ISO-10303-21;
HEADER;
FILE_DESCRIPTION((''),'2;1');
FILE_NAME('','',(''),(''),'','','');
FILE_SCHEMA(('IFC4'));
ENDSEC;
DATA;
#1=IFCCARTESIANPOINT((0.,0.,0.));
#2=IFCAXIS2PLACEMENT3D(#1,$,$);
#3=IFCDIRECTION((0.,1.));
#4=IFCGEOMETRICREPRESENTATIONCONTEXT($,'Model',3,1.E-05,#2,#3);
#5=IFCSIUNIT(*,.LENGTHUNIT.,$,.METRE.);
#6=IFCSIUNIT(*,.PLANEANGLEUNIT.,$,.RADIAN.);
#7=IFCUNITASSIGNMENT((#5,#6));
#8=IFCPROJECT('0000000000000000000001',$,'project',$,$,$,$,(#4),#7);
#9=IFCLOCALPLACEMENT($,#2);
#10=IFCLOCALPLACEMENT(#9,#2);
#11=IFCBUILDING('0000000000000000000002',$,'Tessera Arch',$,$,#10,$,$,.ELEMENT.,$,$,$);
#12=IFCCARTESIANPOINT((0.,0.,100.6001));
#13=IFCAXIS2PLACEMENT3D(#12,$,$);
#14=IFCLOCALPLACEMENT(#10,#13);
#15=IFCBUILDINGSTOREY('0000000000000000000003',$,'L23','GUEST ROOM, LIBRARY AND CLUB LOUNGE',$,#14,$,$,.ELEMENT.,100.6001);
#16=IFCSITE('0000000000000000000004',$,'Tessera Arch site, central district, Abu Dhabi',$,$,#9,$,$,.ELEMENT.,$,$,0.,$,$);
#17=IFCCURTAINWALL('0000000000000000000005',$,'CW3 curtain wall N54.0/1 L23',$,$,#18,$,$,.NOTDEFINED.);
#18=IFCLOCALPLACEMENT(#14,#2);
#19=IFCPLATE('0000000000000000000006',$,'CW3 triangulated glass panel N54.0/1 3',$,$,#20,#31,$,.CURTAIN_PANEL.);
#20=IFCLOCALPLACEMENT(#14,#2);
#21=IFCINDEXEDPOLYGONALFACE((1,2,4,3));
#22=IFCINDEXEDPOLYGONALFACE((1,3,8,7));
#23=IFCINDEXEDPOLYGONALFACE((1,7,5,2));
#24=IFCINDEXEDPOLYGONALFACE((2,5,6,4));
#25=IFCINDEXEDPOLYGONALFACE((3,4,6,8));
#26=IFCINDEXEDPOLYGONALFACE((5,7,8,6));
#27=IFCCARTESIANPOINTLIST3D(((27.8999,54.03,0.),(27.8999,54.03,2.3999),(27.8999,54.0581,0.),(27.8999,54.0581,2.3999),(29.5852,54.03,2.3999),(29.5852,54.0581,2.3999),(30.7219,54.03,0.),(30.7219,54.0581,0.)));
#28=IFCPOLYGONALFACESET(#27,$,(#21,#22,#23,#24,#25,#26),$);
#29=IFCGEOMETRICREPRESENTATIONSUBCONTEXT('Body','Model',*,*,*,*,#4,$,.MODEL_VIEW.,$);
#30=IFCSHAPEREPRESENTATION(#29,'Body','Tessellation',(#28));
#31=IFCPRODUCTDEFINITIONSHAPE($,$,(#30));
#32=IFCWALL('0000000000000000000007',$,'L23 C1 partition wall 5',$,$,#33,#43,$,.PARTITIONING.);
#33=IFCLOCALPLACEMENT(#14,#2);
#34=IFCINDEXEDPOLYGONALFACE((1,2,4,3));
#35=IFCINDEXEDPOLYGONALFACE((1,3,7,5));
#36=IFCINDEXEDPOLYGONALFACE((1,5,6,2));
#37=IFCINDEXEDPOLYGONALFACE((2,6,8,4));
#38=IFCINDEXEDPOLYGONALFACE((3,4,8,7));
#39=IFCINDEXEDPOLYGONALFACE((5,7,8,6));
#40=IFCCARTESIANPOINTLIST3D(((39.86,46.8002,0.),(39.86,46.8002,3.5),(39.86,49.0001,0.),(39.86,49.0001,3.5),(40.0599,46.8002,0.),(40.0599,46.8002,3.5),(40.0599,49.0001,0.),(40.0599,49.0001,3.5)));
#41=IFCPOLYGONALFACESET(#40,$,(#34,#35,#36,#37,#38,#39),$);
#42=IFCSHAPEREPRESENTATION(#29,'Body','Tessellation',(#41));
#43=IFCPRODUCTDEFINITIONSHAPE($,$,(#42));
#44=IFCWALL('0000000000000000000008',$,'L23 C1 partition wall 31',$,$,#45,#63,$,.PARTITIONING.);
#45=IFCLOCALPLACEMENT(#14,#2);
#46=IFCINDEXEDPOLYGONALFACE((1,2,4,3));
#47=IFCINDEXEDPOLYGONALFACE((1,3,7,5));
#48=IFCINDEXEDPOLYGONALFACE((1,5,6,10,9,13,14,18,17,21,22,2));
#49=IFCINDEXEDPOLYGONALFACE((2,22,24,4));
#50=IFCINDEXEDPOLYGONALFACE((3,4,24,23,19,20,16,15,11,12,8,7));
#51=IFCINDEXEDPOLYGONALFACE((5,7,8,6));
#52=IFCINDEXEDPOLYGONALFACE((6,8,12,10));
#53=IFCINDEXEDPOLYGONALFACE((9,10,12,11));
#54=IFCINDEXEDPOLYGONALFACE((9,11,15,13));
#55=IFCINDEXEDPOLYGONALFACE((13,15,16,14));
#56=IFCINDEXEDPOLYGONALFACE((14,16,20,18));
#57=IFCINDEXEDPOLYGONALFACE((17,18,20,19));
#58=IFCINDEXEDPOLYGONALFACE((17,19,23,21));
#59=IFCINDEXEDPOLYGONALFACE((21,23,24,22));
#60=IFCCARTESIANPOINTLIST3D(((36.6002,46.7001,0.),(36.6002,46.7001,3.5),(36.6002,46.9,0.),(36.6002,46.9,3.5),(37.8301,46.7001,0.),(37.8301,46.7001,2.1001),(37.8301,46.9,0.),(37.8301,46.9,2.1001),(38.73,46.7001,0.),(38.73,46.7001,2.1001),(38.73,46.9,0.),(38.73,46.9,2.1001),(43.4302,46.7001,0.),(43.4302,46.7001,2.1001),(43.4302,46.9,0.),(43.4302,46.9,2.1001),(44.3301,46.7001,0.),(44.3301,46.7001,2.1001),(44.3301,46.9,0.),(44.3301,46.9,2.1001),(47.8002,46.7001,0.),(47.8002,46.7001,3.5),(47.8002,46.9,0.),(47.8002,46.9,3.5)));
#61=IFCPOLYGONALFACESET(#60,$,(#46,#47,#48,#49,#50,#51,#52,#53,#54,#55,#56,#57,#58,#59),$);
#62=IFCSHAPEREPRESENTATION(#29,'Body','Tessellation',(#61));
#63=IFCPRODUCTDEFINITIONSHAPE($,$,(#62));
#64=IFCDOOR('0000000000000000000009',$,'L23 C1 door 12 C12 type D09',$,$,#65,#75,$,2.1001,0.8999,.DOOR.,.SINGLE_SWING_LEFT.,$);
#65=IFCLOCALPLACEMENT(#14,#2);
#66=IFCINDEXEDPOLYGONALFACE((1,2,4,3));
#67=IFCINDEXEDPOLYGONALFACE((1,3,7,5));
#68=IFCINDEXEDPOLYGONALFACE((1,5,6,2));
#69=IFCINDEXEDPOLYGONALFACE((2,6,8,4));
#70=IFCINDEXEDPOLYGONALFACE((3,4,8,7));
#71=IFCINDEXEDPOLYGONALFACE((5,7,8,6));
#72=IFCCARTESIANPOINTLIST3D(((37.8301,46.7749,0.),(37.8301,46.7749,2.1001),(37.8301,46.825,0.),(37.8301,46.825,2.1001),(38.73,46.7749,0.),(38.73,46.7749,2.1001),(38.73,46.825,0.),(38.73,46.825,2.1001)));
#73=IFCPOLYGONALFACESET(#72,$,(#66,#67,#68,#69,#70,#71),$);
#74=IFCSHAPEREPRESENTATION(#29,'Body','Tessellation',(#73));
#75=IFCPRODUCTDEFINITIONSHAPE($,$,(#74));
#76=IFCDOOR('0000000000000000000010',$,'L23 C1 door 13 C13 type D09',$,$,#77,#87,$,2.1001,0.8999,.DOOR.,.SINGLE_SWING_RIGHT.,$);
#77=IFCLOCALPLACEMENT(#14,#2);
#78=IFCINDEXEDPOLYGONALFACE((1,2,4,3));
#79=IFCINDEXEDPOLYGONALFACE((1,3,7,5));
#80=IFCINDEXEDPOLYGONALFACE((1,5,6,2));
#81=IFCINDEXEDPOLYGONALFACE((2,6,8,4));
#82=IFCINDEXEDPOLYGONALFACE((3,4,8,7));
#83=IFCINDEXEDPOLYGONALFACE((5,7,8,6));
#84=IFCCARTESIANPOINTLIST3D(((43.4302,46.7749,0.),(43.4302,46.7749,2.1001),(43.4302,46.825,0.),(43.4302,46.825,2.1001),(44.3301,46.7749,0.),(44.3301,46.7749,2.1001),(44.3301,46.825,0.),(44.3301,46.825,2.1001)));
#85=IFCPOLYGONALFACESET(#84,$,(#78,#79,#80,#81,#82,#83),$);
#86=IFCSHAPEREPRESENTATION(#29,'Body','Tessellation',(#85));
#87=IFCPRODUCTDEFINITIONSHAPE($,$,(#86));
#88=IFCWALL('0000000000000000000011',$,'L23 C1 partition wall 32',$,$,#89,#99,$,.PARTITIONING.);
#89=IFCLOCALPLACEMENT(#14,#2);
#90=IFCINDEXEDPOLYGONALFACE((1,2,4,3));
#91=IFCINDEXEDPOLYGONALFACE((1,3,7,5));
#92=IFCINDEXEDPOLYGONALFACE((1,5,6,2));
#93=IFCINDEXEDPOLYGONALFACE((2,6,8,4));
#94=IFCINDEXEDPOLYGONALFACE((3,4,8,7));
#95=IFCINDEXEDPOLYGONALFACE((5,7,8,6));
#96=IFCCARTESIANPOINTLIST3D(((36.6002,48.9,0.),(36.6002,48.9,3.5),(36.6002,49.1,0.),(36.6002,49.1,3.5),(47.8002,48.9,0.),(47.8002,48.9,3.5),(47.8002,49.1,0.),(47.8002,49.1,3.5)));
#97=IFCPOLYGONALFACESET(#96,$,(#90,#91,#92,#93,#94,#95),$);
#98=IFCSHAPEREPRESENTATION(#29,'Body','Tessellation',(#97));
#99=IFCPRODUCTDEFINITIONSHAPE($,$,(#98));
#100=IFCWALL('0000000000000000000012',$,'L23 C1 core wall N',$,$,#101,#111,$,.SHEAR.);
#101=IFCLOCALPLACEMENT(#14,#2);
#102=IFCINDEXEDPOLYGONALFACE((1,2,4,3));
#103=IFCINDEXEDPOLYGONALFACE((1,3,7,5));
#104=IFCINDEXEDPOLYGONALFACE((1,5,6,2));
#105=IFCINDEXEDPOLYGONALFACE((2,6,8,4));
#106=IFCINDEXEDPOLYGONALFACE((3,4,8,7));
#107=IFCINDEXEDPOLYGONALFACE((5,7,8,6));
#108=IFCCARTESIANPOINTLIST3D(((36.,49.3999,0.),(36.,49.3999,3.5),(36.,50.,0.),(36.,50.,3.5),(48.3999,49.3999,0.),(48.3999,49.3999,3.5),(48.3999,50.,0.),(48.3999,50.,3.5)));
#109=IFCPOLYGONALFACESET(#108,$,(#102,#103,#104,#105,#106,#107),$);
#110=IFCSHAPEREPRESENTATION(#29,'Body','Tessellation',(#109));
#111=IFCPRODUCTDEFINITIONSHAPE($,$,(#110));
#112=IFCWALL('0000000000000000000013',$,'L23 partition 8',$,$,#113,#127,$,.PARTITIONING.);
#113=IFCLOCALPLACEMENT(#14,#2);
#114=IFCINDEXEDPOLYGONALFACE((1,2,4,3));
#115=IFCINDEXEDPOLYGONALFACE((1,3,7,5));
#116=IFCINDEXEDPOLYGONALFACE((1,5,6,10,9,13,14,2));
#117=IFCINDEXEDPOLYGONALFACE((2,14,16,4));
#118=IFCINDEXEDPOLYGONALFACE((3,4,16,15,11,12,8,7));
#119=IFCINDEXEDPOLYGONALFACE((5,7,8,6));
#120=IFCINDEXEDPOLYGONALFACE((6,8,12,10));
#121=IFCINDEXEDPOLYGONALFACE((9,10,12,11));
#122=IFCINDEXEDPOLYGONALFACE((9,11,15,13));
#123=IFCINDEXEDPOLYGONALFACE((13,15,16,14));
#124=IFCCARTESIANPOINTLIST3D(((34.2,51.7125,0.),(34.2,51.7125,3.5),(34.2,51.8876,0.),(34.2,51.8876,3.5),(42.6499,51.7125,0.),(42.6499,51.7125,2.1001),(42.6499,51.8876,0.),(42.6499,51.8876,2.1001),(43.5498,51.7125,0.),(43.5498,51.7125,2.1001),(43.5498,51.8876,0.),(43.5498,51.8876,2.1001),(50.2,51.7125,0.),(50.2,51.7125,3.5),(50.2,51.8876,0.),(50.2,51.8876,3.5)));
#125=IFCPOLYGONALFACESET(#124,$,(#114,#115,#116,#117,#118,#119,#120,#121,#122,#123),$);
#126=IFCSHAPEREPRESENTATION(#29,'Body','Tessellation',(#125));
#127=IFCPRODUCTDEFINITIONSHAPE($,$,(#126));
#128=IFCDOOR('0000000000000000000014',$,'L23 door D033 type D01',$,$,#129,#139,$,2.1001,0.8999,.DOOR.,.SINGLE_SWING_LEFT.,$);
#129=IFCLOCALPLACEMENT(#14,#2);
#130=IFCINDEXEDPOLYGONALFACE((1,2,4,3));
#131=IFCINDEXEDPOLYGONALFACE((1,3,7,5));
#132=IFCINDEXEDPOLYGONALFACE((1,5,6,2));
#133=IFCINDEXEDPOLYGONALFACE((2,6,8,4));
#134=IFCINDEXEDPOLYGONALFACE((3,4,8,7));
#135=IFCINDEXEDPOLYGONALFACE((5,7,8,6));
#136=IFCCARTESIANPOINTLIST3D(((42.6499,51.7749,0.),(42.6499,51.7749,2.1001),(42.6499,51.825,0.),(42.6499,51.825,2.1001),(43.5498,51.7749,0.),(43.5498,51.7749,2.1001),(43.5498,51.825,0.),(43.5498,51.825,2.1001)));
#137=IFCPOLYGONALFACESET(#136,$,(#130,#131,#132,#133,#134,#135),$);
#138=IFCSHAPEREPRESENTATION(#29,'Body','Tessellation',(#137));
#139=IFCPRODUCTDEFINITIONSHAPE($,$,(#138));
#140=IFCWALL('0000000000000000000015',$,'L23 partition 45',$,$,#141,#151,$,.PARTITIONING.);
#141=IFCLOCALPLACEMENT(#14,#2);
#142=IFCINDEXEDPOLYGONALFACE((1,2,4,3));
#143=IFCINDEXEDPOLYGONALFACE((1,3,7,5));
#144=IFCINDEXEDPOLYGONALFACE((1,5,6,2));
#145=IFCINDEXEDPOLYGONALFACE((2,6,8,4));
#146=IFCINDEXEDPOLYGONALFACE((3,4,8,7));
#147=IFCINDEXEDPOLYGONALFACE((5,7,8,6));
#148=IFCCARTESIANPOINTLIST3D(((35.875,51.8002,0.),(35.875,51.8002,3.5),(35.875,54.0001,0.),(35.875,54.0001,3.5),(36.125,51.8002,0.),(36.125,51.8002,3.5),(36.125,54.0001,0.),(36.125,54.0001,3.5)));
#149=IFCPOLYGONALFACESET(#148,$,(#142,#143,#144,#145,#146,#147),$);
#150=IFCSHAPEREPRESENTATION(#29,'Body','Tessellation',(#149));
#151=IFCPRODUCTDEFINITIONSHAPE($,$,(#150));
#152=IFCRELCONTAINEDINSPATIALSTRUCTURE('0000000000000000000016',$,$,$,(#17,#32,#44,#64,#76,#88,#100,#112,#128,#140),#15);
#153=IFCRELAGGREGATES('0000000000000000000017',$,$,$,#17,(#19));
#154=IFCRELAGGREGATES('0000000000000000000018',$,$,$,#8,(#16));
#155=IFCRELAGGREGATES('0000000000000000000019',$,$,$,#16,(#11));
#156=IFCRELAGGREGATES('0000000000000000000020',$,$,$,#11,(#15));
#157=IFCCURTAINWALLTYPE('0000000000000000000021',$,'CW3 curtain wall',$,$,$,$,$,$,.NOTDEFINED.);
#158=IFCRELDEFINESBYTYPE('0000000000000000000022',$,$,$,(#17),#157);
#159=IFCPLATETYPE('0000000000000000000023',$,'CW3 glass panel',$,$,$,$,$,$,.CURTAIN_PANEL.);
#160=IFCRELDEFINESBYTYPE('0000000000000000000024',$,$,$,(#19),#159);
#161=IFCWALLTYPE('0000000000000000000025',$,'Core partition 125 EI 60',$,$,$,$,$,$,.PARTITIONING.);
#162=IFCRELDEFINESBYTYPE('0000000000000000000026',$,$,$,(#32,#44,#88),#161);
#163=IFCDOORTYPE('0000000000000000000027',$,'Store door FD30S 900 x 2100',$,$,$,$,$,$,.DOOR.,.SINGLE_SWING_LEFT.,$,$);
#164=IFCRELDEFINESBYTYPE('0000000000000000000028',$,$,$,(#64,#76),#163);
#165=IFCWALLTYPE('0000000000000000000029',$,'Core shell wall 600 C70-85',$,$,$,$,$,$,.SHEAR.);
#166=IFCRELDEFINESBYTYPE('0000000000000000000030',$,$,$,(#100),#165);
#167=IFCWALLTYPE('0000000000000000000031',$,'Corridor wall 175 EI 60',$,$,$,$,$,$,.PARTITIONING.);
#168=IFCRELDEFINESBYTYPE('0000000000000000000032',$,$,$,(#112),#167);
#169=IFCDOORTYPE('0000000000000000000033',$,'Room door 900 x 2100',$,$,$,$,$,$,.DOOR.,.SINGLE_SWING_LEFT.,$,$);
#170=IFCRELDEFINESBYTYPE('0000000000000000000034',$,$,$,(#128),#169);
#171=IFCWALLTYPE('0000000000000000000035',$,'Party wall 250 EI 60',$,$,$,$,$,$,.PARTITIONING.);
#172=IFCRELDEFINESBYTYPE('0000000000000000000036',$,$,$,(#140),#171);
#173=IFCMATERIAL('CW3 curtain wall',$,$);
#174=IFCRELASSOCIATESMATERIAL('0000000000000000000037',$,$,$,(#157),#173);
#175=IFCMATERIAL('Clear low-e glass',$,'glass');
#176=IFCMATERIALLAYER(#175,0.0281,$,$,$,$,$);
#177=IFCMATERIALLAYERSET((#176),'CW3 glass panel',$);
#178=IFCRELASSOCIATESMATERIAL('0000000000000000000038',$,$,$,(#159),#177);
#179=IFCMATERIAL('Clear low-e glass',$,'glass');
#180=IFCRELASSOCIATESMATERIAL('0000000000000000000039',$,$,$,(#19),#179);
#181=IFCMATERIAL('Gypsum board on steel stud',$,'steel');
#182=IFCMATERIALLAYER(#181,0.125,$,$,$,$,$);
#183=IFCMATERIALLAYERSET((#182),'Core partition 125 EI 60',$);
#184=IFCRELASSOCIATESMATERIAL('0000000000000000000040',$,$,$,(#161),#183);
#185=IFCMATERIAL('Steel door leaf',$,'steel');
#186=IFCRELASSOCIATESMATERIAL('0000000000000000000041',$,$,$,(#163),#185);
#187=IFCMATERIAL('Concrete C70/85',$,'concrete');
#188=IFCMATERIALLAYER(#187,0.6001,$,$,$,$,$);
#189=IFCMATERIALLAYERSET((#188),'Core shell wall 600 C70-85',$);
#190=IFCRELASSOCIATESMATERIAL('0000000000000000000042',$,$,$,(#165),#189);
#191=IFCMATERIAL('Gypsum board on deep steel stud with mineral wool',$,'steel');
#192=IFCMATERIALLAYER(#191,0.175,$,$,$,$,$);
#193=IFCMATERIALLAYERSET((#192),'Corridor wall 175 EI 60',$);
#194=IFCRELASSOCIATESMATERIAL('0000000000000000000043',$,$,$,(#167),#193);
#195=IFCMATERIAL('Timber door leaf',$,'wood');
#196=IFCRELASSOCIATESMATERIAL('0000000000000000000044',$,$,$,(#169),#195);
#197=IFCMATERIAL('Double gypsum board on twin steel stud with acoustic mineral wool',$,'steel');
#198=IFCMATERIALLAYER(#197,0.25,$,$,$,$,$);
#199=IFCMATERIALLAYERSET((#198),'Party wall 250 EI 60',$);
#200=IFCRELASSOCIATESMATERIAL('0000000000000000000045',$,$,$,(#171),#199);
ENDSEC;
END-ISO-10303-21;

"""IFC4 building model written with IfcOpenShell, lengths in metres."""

from ifc_helpers import new_model, si_unit, direction, frame, frame_2d, origin, place, context, subcontext, project, spatial, polyline, rectangle, outline, extrude, material, layer, layer_set, type_object, element, fill, aggregate, save


model = new_model("IFC4")

# Units and contexts
model_context = context("Model", 3, precision=1e-05, world=origin(), true_north=direction((0.0, 1.0)))
body_context = subcontext(model_context, "Body", "Model", "MODEL_VIEW")
ifc_project = project(units=[si_unit("LENGTHUNIT", "METRE"), si_unit("PLANEANGLEUNIT", "RADIAN")], contexts=[model_context])

# Site, building, storey
site_placement = place(None, origin())
site = spatial("IfcSite", under=ifc_project, at=site_placement, Name="Tessera Arch site, central district, Abu Dhabi", CompositionType="ELEMENT", RefElevation=0.0)
building_placement = place(site_placement, origin())
building = spatial("IfcBuilding", under=site, at=building_placement, Name="Tessera Arch", CompositionType="ELEMENT")
storey_placement = place(building_placement, frame((0.0, 0.0, 100.6001)))
storey = spatial("IfcBuildingStorey", under=building, at=storey_placement, Name="L23", Description="GUEST ROOM, LIBRARY AND CLUB LOUNGE", CompositionType="ELEMENT", Elevation=100.6001)

# Curtain wall
ifc_material_1 = material(Name="CW3 curtain wall")
curtain_wall_type_1 = type_object("IfcCurtainWallType", Name="CW3 curtain wall", PredefinedType="NOTDEFINED", material=ifc_material_1)
curtain_wall_1_placement = place(storey_placement, origin())
curtain_wall_1 = element("IfcCurtainWall", 1, at=curtain_wall_1_placement, inside=storey, type_object=curtain_wall_type_1, Name="CW3 curtain wall N54.0/1 L23", PredefinedType="NOTDEFINED")

# Plate
ifc_material_2 = material(Name="Clear low-e glass", Category="glass")
ifc_material_3 = material(Name="Clear low-e glass", Category="glass")
ifc_layer_1 = layer(ifc_material_3, 0.0281)
ifc_layer_set_1 = layer_set([ifc_layer_1], Name="CW3 glass panel")
plate_type_1 = type_object("IfcPlateType", Name="CW3 glass panel", PredefinedType="CURTAIN_PANEL", material=ifc_layer_set_1)
plate_1_placement = place(storey_placement, frame((27.8999, 54.0581, 2.3999), z_axis=(0.0, 1.0, 0.0), x_axis=(1.0, 0.0, 0.0)))
plate_1 = element("IfcPlate", 2, at=plate_1_placement, type_object=plate_type_1, material=ifc_material_2, Name="CW3 triangulated glass panel N54.0/1 3", PredefinedType="CURTAIN_PANEL", context=body_context, shape_type="SweptSolid", body=[
    extrude(outline(polyline([(0.0, 0.0), (1.6853, 0.0), (2.822, 2.3999), (0.0, 2.3999), (0.0, 0.0)])), origin(), (0.0, 0.0, -1.0), 0.0281),
])
aggregate(curtain_wall_1, [plate_1])

# Wall
ifc_material_4 = material(Name="Gypsum board on steel stud", Category="steel")
ifc_layer_2 = layer(ifc_material_4, 0.125)
ifc_layer_set_2 = layer_set([ifc_layer_2], Name="Core partition 125 EI 60")
wall_type_1 = type_object("IfcWallType", Name="Core partition 125 EI 60", PredefinedType="PARTITIONING", material=ifc_layer_set_2)
wall_1_placement = place(storey_placement, frame((39.96, 46.8, 0.0), z_axis=(0.0, 0.0, 1.0), x_axis=(0.0, 1.0, 0.0)))
element("IfcWall", 3, at=wall_1_placement, inside=storey, type_object=wall_type_1, Name="L23 C1 partition wall 5", PredefinedType="PARTITIONING", context=body_context, shape_type="SweptSolid", body=[
    extrude(rectangle(XDim=2.2, YDim=0.2, at=frame_2d((1.1001, 0.0))), origin(), (0.0, 0.0, 1.0), 3.5),
])

# Wall, openings, doors
wall_2_placement = place(storey_placement, frame((36.6001, 46.8, 0.0), z_axis=(0.0, 0.0, 1.0), x_axis=(1.0, 0.0, 0.0)))
wall_2 = element("IfcWall", 4, at=wall_2_placement, inside=storey, type_object=wall_type_1, Name="L23 C1 partition wall 31", PredefinedType="PARTITIONING", context=body_context, shape_type="SweptSolid", body=[
    extrude(rectangle(XDim=11.2, YDim=0.2, at=frame_2d((5.6001, 0.0))), origin(), (0.0, 0.0, 1.0), 3.5),
])
opening_1_placement = place(wall_2_placement, frame((1.23, 0.0, 0.0)))
opening_1 = element("IfcOpeningElement", 5, at=opening_1_placement, cuts=wall_2, PredefinedType="OPENING", context=body_context, shape_type="SweptSolid", body=[
    extrude(rectangle(XDim=0.8999, YDim=2.1001, at=frame_2d((0.45, 1.05))), frame((0.0, 0.1099, 0.0), z_axis=(0.0, -1.0, 0.0), x_axis=(1.0, 0.0, 0.0)), (0.0, 0.0, 1.0), 0.22),
])
opening_2_placement = place(wall_2_placement, frame((6.8301, 0.0, 0.0)))
opening_2 = element("IfcOpeningElement", 6, at=opening_2_placement, cuts=wall_2, PredefinedType="OPENING", context=body_context, shape_type="SweptSolid", body=[
    extrude(rectangle(XDim=0.8999, YDim=2.1001, at=frame_2d((0.45, 1.05))), frame((0.0, 0.1099, 0.0), z_axis=(0.0, -1.0, 0.0), x_axis=(1.0, 0.0, 0.0)), (0.0, 0.0, 1.0), 0.22),
])
ifc_material_5 = material(Name="Steel door leaf", Category="steel")
door_type_1 = type_object("IfcDoorType", Name="Store door FD30S 900 x 2100", OperationType="SINGLE_SWING_LEFT", PredefinedType="DOOR", material=ifc_material_5)
door_1_placement = place(opening_1_placement, origin())
door_1 = element("IfcDoor", 7, at=door_1_placement, inside=storey, type_object=door_type_1, Name="L23 C1 door 12 C12 type D09", OperationType="SINGLE_SWING_LEFT", OverallHeight=2.1001, OverallWidth=0.8999, PredefinedType="DOOR", context=body_context, shape_type="SweptSolid", body=[
    extrude(rectangle(XDim=0.8999, YDim=2.1001, at=frame_2d((0.45, 1.05))), frame((0.0, 0.0249, 0.0), z_axis=(0.0, -1.0, 0.0), x_axis=(1.0, 0.0, 0.0)), (0.0, 0.0, 1.0), 0.05),
])
fill(opening_1, door_1)
door_2_placement = place(opening_2_placement, origin())
door_2 = element("IfcDoor", 8, at=door_2_placement, inside=storey, type_object=door_type_1, Name="L23 C1 door 13 C13 type D09", OperationType="SINGLE_SWING_RIGHT", OverallHeight=2.1001, OverallWidth=0.8999, PredefinedType="DOOR", context=body_context, shape_type="SweptSolid", body=[
    extrude(rectangle(XDim=0.8999, YDim=2.1001, at=frame_2d((0.45, 1.05))), frame((0.0, 0.0249, 0.0), z_axis=(0.0, -1.0, 0.0), x_axis=(1.0, 0.0, 0.0)), (0.0, 0.0, 1.0), 0.05),
])
fill(opening_2, door_2)

# Walls
wall_3_placement = place(storey_placement, frame((36.6001, 49.0, 0.0), z_axis=(0.0, 0.0, 1.0), x_axis=(1.0, 0.0, 0.0)))
element("IfcWall", 9, at=wall_3_placement, inside=storey, type_object=wall_type_1, Name="L23 C1 partition wall 32", PredefinedType="PARTITIONING", context=body_context, shape_type="SweptSolid", body=[
    extrude(rectangle(XDim=11.2, YDim=0.2, at=frame_2d((5.6001, 0.0))), origin(), (0.0, 0.0, 1.0), 3.5),
])
ifc_material_6 = material(Name="Concrete C70/85", Category="concrete")
ifc_layer_3 = layer(ifc_material_6, 0.6001)
ifc_layer_set_3 = layer_set([ifc_layer_3], Name="Core shell wall 600 C70-85")
wall_type_2 = type_object("IfcWallType", Name="Core shell wall 600 C70-85", PredefinedType="SHEAR", material=ifc_layer_set_3)
wall_4_placement = place(storey_placement, frame((36.0, 49.7, 0.0), z_axis=(0.0, 0.0, 1.0), x_axis=(1.0, 0.0, 0.0)))
element("IfcWall", 10, at=wall_4_placement, inside=storey, type_object=wall_type_2, Name="L23 C1 core wall N", PredefinedType="SHEAR", context=body_context, shape_type="SweptSolid", body=[
    extrude(rectangle(XDim=12.3999, YDim=0.6001, at=frame_2d((6.2, 0.0))), origin(), (0.0, 0.0, 1.0), 3.5),
])

# Wall, opening, door
ifc_material_7 = material(Name="Gypsum board on deep steel stud with mineral wool", Category="steel")
ifc_layer_4 = layer(ifc_material_7, 0.175)
ifc_layer_set_4 = layer_set([ifc_layer_4], Name="Corridor wall 175 EI 60")
wall_type_3 = type_object("IfcWallType", Name="Corridor wall 175 EI 60", PredefinedType="PARTITIONING", material=ifc_layer_set_4)
wall_5_placement = place(storey_placement, frame((34.2, 51.8, 0.0), z_axis=(0.0, 0.0, 1.0), x_axis=(1.0, 0.0, 0.0)))
wall_5 = element("IfcWall", 11, at=wall_5_placement, inside=storey, type_object=wall_type_3, Name="L23 partition 8", PredefinedType="PARTITIONING", context=body_context, shape_type="SweptSolid", body=[
    extrude(rectangle(XDim=16.0, YDim=0.175, at=frame_2d((8.0, 0.0))), origin(), (0.0, 0.0, 1.0), 3.5),
])
opening_3_placement = place(wall_5_placement, frame((8.45, 0.0, 0.0)))
opening_3 = element("IfcOpeningElement", 12, at=opening_3_placement, cuts=wall_5, PredefinedType="OPENING", context=body_context, shape_type="SweptSolid", body=[
    extrude(rectangle(XDim=0.8999, YDim=2.1001, at=frame_2d((0.45, 1.05))), frame((0.0, 0.0974, 0.0), z_axis=(0.0, -1.0, 0.0), x_axis=(1.0, 0.0, 0.0)), (0.0, 0.0, 1.0), 0.1951),
])
ifc_material_8 = material(Name="Timber door leaf", Category="wood")
door_type_2 = type_object("IfcDoorType", Name="Room door 900 x 2100", OperationType="SINGLE_SWING_LEFT", PredefinedType="DOOR", material=ifc_material_8)
door_3_placement = place(opening_3_placement, origin())
door_3 = element("IfcDoor", 13, at=door_3_placement, inside=storey, type_object=door_type_2, Name="L23 door D033 type D01", OperationType="SINGLE_SWING_LEFT", OverallHeight=2.1001, OverallWidth=0.8999, PredefinedType="DOOR", context=body_context, shape_type="SweptSolid", body=[
    extrude(rectangle(XDim=0.8999, YDim=2.1001, at=frame_2d((0.45, 1.05))), frame((0.0, 0.0249, 0.0), z_axis=(0.0, -1.0, 0.0), x_axis=(1.0, 0.0, 0.0)), (0.0, 0.0, 1.0), 0.05),
])
fill(opening_3, door_3)

# Wall
ifc_material_9 = material(Name="Double gypsum board on twin steel stud with acoustic mineral wool", Category="steel")
ifc_layer_5 = layer(ifc_material_9, 0.25)
ifc_layer_set_5 = layer_set([ifc_layer_5], Name="Party wall 250 EI 60")
wall_type_4 = type_object("IfcWallType", Name="Party wall 250 EI 60", PredefinedType="PARTITIONING", material=ifc_layer_set_5)
wall_6_placement = place(storey_placement, frame((36.0, 51.8, 0.0), z_axis=(0.0, 0.0, 1.0), x_axis=(0.0, 1.0, 0.0)))
element("IfcWall", 14, at=wall_6_placement, inside=storey, type_object=wall_type_4, Name="L23 partition 45", PredefinedType="PARTITIONING", context=body_context, shape_type="SweptSolid", body=[
    extrude(rectangle(XDim=2.2, YDim=0.25, at=frame_2d((1.1001, 0.0))), origin(), (0.0, 0.0, 1.0), 3.5),
])

save(model, "model.ifc")
